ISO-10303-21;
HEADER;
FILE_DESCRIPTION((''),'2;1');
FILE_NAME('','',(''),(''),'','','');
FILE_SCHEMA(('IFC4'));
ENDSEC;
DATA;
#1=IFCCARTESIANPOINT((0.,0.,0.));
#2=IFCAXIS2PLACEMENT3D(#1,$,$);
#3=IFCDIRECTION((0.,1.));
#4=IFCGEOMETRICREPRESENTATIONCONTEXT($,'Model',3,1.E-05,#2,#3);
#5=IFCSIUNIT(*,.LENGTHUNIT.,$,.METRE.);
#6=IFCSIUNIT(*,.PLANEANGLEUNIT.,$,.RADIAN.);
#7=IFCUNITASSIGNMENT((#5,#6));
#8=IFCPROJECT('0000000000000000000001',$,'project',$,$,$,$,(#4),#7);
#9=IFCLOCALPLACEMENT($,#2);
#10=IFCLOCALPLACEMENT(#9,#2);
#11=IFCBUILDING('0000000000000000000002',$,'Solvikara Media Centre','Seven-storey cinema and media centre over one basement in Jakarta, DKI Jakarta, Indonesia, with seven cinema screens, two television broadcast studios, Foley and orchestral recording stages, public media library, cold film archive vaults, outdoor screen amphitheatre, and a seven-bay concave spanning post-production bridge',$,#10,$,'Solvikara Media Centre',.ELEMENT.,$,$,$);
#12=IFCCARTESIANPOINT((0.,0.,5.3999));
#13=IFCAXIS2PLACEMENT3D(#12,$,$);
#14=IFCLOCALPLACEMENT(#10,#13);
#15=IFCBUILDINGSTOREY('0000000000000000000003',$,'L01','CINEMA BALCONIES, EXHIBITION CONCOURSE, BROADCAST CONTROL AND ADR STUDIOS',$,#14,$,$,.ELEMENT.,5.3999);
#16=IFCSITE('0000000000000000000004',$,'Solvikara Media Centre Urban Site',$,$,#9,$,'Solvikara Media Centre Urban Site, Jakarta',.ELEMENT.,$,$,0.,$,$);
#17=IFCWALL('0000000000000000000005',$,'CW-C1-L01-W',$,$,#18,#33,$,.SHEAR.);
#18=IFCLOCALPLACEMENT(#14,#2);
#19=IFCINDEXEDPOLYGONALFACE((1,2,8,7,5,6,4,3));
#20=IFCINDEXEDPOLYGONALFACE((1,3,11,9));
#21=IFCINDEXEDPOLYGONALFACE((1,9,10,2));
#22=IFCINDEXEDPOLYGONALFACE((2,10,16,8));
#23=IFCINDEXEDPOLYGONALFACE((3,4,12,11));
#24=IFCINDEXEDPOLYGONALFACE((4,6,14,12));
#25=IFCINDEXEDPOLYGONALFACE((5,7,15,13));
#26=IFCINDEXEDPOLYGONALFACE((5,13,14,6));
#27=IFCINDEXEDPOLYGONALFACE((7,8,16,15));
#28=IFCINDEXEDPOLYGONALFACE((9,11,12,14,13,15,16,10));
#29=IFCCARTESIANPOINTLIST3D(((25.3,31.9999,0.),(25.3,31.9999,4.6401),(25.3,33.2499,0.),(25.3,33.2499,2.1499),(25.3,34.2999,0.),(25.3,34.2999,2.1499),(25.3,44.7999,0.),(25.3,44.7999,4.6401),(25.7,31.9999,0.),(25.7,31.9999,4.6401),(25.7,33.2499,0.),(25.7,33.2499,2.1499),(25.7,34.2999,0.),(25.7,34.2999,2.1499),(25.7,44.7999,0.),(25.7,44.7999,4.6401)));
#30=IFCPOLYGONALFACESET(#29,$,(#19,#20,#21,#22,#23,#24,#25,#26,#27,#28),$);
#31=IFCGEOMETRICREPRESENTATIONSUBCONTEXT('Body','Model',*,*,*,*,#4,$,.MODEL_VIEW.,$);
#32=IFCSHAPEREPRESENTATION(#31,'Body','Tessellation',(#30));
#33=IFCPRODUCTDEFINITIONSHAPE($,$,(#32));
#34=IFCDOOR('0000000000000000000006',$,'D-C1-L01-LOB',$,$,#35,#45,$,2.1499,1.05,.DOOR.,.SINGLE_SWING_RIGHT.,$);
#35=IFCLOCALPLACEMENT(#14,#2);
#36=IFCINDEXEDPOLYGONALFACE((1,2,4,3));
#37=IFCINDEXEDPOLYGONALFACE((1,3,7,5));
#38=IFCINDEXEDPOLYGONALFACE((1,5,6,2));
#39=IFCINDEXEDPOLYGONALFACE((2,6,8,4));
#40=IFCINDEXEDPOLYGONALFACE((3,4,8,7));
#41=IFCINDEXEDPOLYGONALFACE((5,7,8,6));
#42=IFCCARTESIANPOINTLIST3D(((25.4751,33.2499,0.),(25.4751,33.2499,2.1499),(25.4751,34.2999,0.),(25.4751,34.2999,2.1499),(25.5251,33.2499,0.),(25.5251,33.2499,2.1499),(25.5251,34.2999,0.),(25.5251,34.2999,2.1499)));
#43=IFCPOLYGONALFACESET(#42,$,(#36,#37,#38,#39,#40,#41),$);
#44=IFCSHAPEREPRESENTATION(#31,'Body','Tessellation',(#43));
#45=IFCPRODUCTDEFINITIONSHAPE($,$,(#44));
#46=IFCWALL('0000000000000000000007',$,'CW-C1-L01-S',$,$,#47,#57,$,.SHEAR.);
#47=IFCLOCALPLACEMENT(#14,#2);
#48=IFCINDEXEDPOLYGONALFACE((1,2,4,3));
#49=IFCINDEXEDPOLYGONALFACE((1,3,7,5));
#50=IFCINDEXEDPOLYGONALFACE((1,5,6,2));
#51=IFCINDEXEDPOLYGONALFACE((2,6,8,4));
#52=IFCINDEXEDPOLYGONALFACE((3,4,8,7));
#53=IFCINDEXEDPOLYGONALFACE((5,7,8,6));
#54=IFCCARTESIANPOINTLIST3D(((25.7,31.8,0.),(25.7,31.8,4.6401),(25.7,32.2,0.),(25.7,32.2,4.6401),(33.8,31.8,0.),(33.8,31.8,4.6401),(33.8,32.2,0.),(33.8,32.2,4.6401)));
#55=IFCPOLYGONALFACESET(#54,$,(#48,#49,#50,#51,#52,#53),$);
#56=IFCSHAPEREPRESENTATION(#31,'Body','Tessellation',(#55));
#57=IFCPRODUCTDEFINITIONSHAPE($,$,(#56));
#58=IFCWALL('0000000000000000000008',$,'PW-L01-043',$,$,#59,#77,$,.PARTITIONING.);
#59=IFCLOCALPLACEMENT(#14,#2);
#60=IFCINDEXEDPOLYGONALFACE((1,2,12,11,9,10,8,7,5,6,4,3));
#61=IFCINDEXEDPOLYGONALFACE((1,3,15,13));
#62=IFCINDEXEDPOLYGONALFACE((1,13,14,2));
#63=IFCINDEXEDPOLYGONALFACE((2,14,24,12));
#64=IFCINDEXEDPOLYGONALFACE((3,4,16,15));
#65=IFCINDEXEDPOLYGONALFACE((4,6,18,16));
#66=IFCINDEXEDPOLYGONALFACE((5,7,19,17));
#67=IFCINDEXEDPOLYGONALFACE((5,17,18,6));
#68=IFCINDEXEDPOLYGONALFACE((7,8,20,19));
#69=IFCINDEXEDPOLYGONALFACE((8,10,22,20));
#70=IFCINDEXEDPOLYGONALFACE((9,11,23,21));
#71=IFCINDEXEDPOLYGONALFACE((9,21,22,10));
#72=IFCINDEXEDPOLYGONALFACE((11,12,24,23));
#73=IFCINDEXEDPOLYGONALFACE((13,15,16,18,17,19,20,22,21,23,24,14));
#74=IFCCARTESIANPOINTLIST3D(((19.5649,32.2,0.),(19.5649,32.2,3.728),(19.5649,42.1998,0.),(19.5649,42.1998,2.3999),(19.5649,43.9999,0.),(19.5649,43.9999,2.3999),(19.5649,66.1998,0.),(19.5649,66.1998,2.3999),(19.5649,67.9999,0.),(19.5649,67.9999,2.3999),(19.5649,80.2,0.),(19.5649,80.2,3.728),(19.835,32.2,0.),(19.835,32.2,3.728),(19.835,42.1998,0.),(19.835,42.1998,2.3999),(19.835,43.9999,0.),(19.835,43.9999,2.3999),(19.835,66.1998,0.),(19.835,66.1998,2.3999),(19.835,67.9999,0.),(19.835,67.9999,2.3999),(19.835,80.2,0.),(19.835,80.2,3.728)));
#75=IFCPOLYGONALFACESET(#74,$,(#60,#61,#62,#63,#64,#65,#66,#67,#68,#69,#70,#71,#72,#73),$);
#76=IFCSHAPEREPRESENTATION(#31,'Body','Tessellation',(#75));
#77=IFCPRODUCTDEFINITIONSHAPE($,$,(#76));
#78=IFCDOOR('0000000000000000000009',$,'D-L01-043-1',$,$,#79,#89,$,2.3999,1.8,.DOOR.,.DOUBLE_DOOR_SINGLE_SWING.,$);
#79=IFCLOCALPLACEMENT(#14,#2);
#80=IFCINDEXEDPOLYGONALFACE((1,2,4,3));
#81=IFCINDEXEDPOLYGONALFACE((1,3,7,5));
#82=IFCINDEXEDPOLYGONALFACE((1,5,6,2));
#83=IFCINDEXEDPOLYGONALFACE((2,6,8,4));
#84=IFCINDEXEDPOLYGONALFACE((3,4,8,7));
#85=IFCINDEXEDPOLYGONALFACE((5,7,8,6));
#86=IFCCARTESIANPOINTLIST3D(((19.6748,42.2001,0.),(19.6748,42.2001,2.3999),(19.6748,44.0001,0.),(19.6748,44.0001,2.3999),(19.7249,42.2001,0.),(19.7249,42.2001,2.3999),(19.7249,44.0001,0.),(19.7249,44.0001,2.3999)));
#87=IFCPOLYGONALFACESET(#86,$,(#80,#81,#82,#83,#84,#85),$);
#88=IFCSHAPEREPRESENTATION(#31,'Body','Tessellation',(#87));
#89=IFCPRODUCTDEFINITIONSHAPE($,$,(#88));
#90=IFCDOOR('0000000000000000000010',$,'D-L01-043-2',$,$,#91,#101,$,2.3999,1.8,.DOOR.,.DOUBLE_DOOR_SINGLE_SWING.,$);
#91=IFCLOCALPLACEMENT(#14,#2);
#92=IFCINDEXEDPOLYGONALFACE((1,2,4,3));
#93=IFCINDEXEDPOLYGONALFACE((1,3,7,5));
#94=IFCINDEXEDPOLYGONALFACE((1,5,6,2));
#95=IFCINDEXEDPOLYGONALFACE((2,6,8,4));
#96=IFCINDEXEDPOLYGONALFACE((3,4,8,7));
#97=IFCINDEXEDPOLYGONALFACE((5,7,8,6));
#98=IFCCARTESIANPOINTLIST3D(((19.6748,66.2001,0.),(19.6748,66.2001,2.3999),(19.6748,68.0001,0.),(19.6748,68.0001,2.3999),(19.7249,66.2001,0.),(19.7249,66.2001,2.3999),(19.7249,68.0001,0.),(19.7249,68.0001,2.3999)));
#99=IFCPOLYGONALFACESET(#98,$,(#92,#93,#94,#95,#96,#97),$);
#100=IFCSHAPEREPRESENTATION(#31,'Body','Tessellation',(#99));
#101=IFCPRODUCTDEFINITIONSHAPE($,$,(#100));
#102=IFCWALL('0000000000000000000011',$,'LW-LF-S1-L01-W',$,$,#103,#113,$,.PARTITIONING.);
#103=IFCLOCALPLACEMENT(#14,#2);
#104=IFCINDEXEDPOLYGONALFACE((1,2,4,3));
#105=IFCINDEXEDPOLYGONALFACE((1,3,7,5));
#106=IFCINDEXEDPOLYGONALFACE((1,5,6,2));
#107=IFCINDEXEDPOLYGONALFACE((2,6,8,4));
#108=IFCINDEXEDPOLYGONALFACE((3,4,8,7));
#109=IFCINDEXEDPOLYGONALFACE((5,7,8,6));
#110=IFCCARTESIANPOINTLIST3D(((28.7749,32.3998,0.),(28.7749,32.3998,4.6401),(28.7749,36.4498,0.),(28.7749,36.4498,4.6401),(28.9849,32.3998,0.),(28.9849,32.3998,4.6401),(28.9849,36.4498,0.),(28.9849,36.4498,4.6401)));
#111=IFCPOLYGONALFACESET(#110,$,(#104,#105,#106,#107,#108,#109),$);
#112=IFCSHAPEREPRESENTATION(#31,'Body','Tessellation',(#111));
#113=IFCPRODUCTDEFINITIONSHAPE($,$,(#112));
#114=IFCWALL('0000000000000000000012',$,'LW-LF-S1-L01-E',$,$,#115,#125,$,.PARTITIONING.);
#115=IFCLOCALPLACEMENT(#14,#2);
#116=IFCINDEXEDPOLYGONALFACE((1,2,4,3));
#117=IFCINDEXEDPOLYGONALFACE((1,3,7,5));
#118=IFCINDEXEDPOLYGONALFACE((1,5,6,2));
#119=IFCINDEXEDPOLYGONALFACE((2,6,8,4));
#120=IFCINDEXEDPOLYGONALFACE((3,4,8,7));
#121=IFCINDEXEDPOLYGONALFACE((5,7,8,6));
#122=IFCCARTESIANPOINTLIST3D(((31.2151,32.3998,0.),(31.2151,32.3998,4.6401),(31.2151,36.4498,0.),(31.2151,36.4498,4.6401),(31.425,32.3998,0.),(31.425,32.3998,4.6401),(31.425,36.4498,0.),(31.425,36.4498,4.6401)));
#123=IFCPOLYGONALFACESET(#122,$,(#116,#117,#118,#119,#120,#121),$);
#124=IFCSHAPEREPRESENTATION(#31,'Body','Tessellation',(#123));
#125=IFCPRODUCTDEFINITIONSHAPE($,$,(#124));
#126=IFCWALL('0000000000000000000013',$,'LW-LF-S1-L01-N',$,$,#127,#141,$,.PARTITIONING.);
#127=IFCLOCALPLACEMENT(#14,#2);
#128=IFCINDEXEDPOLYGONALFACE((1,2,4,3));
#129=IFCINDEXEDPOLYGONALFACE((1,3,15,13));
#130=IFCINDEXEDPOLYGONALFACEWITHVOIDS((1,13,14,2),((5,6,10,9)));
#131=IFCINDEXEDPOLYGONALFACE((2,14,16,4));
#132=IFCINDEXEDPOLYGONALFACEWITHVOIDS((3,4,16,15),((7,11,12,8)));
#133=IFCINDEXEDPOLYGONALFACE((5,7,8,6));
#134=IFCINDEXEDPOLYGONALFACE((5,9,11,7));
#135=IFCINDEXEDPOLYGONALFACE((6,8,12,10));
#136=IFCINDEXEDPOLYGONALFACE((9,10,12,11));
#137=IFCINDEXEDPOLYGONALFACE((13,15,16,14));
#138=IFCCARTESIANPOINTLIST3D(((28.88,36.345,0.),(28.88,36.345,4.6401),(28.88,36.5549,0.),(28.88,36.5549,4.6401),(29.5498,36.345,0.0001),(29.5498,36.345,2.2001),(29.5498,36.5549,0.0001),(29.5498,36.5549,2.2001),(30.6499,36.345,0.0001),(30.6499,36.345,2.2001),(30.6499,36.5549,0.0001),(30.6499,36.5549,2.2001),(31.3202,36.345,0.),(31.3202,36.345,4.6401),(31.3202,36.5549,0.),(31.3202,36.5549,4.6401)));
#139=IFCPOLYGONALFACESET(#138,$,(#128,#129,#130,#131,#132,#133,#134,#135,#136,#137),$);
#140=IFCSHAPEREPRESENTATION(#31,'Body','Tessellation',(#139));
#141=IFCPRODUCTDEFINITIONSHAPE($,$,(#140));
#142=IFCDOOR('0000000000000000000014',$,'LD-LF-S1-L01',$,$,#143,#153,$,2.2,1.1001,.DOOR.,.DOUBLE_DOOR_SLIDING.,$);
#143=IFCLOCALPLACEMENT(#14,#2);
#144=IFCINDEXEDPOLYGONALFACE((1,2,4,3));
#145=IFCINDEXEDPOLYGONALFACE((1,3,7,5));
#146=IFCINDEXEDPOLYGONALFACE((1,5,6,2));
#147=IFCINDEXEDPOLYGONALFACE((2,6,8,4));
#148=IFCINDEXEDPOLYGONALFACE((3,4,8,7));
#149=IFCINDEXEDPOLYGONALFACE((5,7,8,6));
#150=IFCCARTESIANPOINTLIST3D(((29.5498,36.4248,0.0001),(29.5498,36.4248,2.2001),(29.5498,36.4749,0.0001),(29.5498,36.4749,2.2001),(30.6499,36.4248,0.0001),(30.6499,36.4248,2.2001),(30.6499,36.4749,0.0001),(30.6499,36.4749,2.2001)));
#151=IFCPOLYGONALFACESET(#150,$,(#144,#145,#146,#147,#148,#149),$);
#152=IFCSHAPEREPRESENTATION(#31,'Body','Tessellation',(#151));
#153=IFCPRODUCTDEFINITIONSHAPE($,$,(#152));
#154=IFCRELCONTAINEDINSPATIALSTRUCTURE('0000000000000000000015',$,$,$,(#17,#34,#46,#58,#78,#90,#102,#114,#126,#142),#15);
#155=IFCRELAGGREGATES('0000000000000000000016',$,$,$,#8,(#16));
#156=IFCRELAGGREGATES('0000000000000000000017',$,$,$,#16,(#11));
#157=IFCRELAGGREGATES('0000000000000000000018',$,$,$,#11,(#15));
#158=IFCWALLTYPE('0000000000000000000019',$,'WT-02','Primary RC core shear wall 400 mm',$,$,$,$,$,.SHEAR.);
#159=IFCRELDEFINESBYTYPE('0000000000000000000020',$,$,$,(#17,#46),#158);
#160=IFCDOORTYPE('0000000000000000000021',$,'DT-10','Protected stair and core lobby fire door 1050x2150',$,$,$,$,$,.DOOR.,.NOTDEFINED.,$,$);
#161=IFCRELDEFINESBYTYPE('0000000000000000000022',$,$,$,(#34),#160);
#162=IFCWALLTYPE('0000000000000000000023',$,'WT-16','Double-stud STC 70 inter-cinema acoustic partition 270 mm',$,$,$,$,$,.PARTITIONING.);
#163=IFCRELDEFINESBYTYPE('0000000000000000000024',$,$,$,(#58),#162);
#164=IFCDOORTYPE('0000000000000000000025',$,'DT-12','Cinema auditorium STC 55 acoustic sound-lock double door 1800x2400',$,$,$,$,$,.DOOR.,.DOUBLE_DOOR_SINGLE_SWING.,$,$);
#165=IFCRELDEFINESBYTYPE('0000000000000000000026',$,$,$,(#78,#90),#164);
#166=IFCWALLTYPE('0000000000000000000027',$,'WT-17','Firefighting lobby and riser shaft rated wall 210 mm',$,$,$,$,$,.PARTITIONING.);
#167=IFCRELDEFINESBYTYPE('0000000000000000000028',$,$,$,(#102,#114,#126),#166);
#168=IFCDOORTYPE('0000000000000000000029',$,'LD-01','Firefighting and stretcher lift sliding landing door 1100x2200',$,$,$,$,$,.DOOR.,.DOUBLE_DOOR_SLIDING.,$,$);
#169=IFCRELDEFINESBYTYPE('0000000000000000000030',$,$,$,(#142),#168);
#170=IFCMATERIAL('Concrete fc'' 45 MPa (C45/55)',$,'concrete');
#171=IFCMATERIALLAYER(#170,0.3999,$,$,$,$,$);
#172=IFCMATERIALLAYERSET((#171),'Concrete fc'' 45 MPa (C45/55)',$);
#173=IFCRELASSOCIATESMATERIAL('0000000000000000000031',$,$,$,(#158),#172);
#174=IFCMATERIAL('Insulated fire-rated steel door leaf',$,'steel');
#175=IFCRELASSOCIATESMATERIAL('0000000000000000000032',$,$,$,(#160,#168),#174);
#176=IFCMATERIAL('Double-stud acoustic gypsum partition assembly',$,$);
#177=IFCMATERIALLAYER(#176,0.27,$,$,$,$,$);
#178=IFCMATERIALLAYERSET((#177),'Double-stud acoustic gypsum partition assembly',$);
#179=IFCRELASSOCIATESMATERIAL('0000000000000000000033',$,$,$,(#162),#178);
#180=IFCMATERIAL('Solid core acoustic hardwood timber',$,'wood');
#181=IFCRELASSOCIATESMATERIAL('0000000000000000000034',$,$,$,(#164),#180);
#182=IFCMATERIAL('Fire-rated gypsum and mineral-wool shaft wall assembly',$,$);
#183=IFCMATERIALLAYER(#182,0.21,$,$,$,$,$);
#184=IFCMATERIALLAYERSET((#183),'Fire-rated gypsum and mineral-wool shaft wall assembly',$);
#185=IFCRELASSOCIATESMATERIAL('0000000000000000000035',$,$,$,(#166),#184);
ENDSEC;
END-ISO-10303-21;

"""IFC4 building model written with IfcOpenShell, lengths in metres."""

from ifc_helpers import new_model, si_unit, direction, frame, frame_2d, origin, place, context, subcontext, project, spatial, rectangle, extrude, material, layer, layer_set, type_object, element, fill, save


model = new_model("IFC4")

# Units and contexts
model_context = context("Model", 3, precision=1e-05, world=origin(), true_north=direction((0.0, 1.0)))
body_context = subcontext(model_context, "Body", "Model", "MODEL_VIEW")
ifc_project = project(units=[si_unit("LENGTHUNIT", "METRE"), si_unit("PLANEANGLEUNIT", "RADIAN")], contexts=[model_context])

# Site, building, storey
site_placement = place(None, origin())
site = spatial("IfcSite", under=ifc_project, at=site_placement, Name="Solvikara Media Centre Urban Site", LongName="Solvikara Media Centre Urban Site, Jakarta", CompositionType="ELEMENT", RefElevation=0.0)
building_placement = place(site_placement, origin())
building = spatial("IfcBuilding", under=site, at=building_placement, Name="Solvikara Media Centre", Description="Seven-storey cinema and media centre over one basement in Jakarta, DKI Jakarta, Indonesia, with seven cinema screens, two television broadcast studios, Foley and orchestral recording stages, public media library, cold film archive vaults, outdoor screen amphitheatre, and a seven-bay concave spanning post-production bridge", LongName="Solvikara Media Centre", CompositionType="ELEMENT")
storey_placement = place(building_placement, frame((0.0, 0.0, 5.3999)))
storey = spatial("IfcBuildingStorey", under=building, at=storey_placement, Name="L01", Description="CINEMA BALCONIES, EXHIBITION CONCOURSE, BROADCAST CONTROL AND ADR STUDIOS", CompositionType="ELEMENT", Elevation=5.3999)

# Shared definitions
ifc_material_1 = material(Name="Concrete fc' 45 MPa (C45/55)", Category="concrete")

# Wall, opening, door
ifc_layer_1 = layer(ifc_material_1, 0.3999)
ifc_layer_set_1 = layer_set([ifc_layer_1], Name="Concrete fc' 45 MPa (C45/55)")
wall_type_1 = type_object("IfcWallType", Name="WT-02", Description="Primary RC core shear wall 400 mm", PredefinedType="SHEAR", material=ifc_layer_set_1)
wall_1_placement = place(storey_placement, frame((25.5, 32.0, 0.0), z_axis=(0.0, 0.0, 1.0), x_axis=(0.0, 1.0, 0.0)))
wall_1 = element("IfcWall", 1, at=wall_1_placement, inside=storey, type_object=wall_type_1, Name="CW-C1-L01-W", PredefinedType="SHEAR", context=body_context, shape_type="SweptSolid", body=[
    extrude(rectangle(XDim=12.8, YDim=0.3999, at=frame_2d((6.3999, 0.0))), origin(), (0.0, 0.0, 1.0), 4.6401),
])
opening_1_placement = place(wall_1_placement, frame((1.25, 0.0, 0.0)))
opening_1 = element("IfcOpeningElement", 2, at=opening_1_placement, cuts=wall_1, PredefinedType="OPENING", context=body_context, shape_type="SweptSolid", body=[
    extrude(rectangle(XDim=1.05, YDim=2.1499, at=frame_2d((0.5249, 1.075))), frame((0.0, 0.2119, 0.0), z_axis=(0.0, -1.0, 0.0), x_axis=(1.0, 0.0, 0.0)), (0.0, 0.0, 1.0), 0.4238),
])
ifc_material_2 = material(Name="Insulated fire-rated steel door leaf", Category="steel")
door_type_1 = type_object("IfcDoorType", Name="DT-10", Description="Protected stair and core lobby fire door 1050x2150", OperationType="NOTDEFINED", PredefinedType="DOOR", material=ifc_material_2)
door_1_placement = place(opening_1_placement, origin())
door_1 = element("IfcDoor", 3, at=door_1_placement, inside=storey, type_object=door_type_1, Name="D-C1-L01-LOB", OperationType="SINGLE_SWING_RIGHT", OverallHeight=2.1499, OverallWidth=1.05, PredefinedType="DOOR", context=body_context, shape_type="SweptSolid", body=[
    extrude(rectangle(XDim=1.05, YDim=2.1499, at=frame_2d((0.5249, 1.075))), frame((0.0, 0.0249, 0.0), z_axis=(0.0, -1.0, 0.0), x_axis=(1.0, 0.0, 0.0)), (0.0, 0.0, 1.0), 0.05),
])
fill(opening_1, door_1)

# Wall
wall_2_placement = place(storey_placement, frame((25.7, 32.0, 0.0), z_axis=(0.0, 0.0, 1.0), x_axis=(1.0, 0.0, 0.0)))
element("IfcWall", 4, at=wall_2_placement, inside=storey, type_object=wall_type_1, Name="CW-C1-L01-S", PredefinedType="SHEAR", context=body_context, shape_type="SweptSolid", body=[
    extrude(rectangle(XDim=8.1001, YDim=0.3999, at=frame_2d((4.05, 0.0))), origin(), (0.0, 0.0, 1.0), 4.6401),
])

# Wall, openings, doors
ifc_material_3 = material(Name="Double-stud acoustic gypsum partition assembly")
ifc_layer_2 = layer(ifc_material_3, 0.27)
ifc_layer_set_2 = layer_set([ifc_layer_2], Name="Double-stud acoustic gypsum partition assembly")
wall_type_2 = type_object("IfcWallType", Name="WT-16", Description="Double-stud STC 70 inter-cinema acoustic partition 270 mm", PredefinedType="PARTITIONING", material=ifc_layer_set_2)
wall_3_placement = place(storey_placement, frame((19.7, 32.2, 0.0), z_axis=(0.0, 0.0, 1.0), x_axis=(0.0, 1.0, 0.0)))
wall_3 = element("IfcWall", 5, at=wall_3_placement, inside=storey, type_object=wall_type_2, Name="PW-L01-043", PredefinedType="PARTITIONING", context=body_context, shape_type="SweptSolid", body=[
    extrude(rectangle(XDim=48.0, YDim=0.27, at=frame_2d((24.0, 0.0))), origin(), (0.0, 0.0, 1.0), 3.728),
])
opening_2_placement = place(wall_3_placement, frame((10.0, 0.0, 0.0)))
opening_2 = element("IfcOpeningElement", 6, at=opening_2_placement, cuts=wall_3, PredefinedType="OPENING", context=body_context, shape_type="SweptSolid", body=[
    extrude(rectangle(XDim=1.8, YDim=2.3999, at=frame_2d((0.8999, 1.2))), frame((0.0, 0.147, 0.0), z_axis=(0.0, -1.0, 0.0), x_axis=(1.0, 0.0, 0.0)), (0.0, 0.0, 1.0), 0.2939),
])
opening_3_placement = place(wall_3_placement, frame((34.0, 0.0, 0.0)))
opening_3 = element("IfcOpeningElement", 7, at=opening_3_placement, cuts=wall_3, PredefinedType="OPENING", context=body_context, shape_type="SweptSolid", body=[
    extrude(rectangle(XDim=1.8, YDim=2.3999, at=frame_2d((0.8999, 1.2))), frame((0.0, 0.147, 0.0), z_axis=(0.0, -1.0, 0.0), x_axis=(1.0, 0.0, 0.0)), (0.0, 0.0, 1.0), 0.2939),
])
ifc_material_4 = material(Name="Solid core acoustic hardwood timber", Category="wood")
door_type_2 = type_object("IfcDoorType", Name="DT-12", Description="Cinema auditorium STC 55 acoustic sound-lock double door 1800x2400", OperationType="DOUBLE_DOOR_SINGLE_SWING", PredefinedType="DOOR", material=ifc_material_4)
door_2_placement = place(opening_2_placement, frame((1.8, 0.0, 0.0), z_axis=(0.0, 0.0, 1.0), x_axis=(-1.0, 0.0, 0.0)))
door_2 = element("IfcDoor", 8, at=door_2_placement, inside=storey, type_object=door_type_2, Name="D-L01-043-1", OperationType="DOUBLE_DOOR_SINGLE_SWING", OverallHeight=2.3999, OverallWidth=1.8, PredefinedType="DOOR", context=body_context, shape_type="SweptSolid", body=[
    extrude(rectangle(XDim=1.8, YDim=2.3999, at=frame_2d((0.8999, 1.2))), frame((0.0, 0.0249, 0.0), z_axis=(0.0, -1.0, 0.0), x_axis=(1.0, 0.0, 0.0)), (0.0, 0.0, 1.0), 0.05),
])
fill(opening_2, door_2)
door_3_placement = place(opening_3_placement, frame((1.8, 0.0, 0.0), z_axis=(0.0, 0.0, 1.0), x_axis=(-1.0, 0.0, 0.0)))
door_3 = element("IfcDoor", 9, at=door_3_placement, inside=storey, type_object=door_type_2, Name="D-L01-043-2", OperationType="DOUBLE_DOOR_SINGLE_SWING", OverallHeight=2.3999, OverallWidth=1.8, PredefinedType="DOOR", context=body_context, shape_type="SweptSolid", body=[
    extrude(rectangle(XDim=1.8, YDim=2.3999, at=frame_2d((0.8999, 1.2))), frame((0.0, 0.0249, 0.0), z_axis=(0.0, -1.0, 0.0), x_axis=(1.0, 0.0, 0.0)), (0.0, 0.0, 1.0), 0.05),
])
fill(opening_3, door_3)

# Walls
ifc_material_5 = material(Name="Fire-rated gypsum and mineral-wool shaft wall assembly")
ifc_layer_3 = layer(ifc_material_5, 0.21)
ifc_layer_set_3 = layer_set([ifc_layer_3], Name="Fire-rated gypsum and mineral-wool shaft wall assembly")
wall_type_3 = type_object("IfcWallType", Name="WT-17", Description="Firefighting lobby and riser shaft rated wall 210 mm", PredefinedType="PARTITIONING", material=ifc_layer_set_3)
for number, where, z_axis, x_axis, name in (
    (10, (28.8799, 32.3999, 0.0), (0.0, 0.0, 1.0), (0.0, 1.0, 0.0), "LW-LF-S1-L01-W"),
    (11, (31.3201, 32.3999, 0.0), (0.0, 0.0, 1.0), (0.0, 1.0, 0.0), "LW-LF-S1-L01-E"),
):
    element("IfcWall", number, at=place(storey_placement, frame(where, z_axis=z_axis, x_axis=x_axis)), inside=storey, type_object=wall_type_3, Name=name, PredefinedType="PARTITIONING", context=body_context, shape_type="SweptSolid", body=[
        extrude(rectangle(XDim=4.05, YDim=0.21, at=frame_2d((2.0249, 0.0))), origin(), (0.0, 0.0, 1.0), 4.6401),
    ])

# Wall, opening, door
wall_4_placement = place(storey_placement, frame((28.8799, 36.45, 0.0), z_axis=(0.0, 0.0, 1.0), x_axis=(1.0, 0.0, 0.0)))
wall_4 = element("IfcWall", 12, at=wall_4_placement, inside=storey, type_object=wall_type_3, Name="LW-LF-S1-L01-N", PredefinedType="PARTITIONING", context=body_context, shape_type="SweptSolid", body=[
    extrude(rectangle(XDim=2.4402, YDim=0.21, at=frame_2d((1.2202, 0.0))), origin(), (0.0, 0.0, 1.0), 4.6401),
])
opening_4_placement = place(wall_4_placement, frame((0.6699, 0.0, 0.0)))
opening_4 = element("IfcOpeningElement", 13, at=opening_4_placement, cuts=wall_4, PredefinedType="OPENING", context=body_context, shape_type="SweptSolid", body=[
    extrude(rectangle(XDim=1.1001, YDim=2.2, at=frame_2d((0.55, 1.1001))), frame((0.0, 0.1169, 0.0), z_axis=(0.0, -1.0, 0.0), x_axis=(1.0, 0.0, 0.0)), (0.0, 0.0, 1.0), 0.2339),
])
door_type_3 = type_object("IfcDoorType", Name="LD-01", Description="Firefighting and stretcher lift sliding landing door 1100x2200", OperationType="DOUBLE_DOOR_SLIDING", PredefinedType="DOOR", material=ifc_material_2)
door_4_placement = place(opening_4_placement, origin())
door_4 = element("IfcDoor", 14, at=door_4_placement, inside=storey, type_object=door_type_3, Name="LD-LF-S1-L01", OperationType="DOUBLE_DOOR_SLIDING", OverallHeight=2.2, OverallWidth=1.1001, PredefinedType="DOOR", context=body_context, shape_type="SweptSolid", body=[
    extrude(rectangle(XDim=1.1001, YDim=2.2, at=frame_2d((0.55, 1.1001))), frame((0.0, 0.0249, 0.0), z_axis=(0.0, -1.0, 0.0), x_axis=(1.0, 0.0, 0.0)), (0.0, 0.0, 1.0), 0.05),
])
fill(opening_4, door_4)

save(model, "model.ifc")
